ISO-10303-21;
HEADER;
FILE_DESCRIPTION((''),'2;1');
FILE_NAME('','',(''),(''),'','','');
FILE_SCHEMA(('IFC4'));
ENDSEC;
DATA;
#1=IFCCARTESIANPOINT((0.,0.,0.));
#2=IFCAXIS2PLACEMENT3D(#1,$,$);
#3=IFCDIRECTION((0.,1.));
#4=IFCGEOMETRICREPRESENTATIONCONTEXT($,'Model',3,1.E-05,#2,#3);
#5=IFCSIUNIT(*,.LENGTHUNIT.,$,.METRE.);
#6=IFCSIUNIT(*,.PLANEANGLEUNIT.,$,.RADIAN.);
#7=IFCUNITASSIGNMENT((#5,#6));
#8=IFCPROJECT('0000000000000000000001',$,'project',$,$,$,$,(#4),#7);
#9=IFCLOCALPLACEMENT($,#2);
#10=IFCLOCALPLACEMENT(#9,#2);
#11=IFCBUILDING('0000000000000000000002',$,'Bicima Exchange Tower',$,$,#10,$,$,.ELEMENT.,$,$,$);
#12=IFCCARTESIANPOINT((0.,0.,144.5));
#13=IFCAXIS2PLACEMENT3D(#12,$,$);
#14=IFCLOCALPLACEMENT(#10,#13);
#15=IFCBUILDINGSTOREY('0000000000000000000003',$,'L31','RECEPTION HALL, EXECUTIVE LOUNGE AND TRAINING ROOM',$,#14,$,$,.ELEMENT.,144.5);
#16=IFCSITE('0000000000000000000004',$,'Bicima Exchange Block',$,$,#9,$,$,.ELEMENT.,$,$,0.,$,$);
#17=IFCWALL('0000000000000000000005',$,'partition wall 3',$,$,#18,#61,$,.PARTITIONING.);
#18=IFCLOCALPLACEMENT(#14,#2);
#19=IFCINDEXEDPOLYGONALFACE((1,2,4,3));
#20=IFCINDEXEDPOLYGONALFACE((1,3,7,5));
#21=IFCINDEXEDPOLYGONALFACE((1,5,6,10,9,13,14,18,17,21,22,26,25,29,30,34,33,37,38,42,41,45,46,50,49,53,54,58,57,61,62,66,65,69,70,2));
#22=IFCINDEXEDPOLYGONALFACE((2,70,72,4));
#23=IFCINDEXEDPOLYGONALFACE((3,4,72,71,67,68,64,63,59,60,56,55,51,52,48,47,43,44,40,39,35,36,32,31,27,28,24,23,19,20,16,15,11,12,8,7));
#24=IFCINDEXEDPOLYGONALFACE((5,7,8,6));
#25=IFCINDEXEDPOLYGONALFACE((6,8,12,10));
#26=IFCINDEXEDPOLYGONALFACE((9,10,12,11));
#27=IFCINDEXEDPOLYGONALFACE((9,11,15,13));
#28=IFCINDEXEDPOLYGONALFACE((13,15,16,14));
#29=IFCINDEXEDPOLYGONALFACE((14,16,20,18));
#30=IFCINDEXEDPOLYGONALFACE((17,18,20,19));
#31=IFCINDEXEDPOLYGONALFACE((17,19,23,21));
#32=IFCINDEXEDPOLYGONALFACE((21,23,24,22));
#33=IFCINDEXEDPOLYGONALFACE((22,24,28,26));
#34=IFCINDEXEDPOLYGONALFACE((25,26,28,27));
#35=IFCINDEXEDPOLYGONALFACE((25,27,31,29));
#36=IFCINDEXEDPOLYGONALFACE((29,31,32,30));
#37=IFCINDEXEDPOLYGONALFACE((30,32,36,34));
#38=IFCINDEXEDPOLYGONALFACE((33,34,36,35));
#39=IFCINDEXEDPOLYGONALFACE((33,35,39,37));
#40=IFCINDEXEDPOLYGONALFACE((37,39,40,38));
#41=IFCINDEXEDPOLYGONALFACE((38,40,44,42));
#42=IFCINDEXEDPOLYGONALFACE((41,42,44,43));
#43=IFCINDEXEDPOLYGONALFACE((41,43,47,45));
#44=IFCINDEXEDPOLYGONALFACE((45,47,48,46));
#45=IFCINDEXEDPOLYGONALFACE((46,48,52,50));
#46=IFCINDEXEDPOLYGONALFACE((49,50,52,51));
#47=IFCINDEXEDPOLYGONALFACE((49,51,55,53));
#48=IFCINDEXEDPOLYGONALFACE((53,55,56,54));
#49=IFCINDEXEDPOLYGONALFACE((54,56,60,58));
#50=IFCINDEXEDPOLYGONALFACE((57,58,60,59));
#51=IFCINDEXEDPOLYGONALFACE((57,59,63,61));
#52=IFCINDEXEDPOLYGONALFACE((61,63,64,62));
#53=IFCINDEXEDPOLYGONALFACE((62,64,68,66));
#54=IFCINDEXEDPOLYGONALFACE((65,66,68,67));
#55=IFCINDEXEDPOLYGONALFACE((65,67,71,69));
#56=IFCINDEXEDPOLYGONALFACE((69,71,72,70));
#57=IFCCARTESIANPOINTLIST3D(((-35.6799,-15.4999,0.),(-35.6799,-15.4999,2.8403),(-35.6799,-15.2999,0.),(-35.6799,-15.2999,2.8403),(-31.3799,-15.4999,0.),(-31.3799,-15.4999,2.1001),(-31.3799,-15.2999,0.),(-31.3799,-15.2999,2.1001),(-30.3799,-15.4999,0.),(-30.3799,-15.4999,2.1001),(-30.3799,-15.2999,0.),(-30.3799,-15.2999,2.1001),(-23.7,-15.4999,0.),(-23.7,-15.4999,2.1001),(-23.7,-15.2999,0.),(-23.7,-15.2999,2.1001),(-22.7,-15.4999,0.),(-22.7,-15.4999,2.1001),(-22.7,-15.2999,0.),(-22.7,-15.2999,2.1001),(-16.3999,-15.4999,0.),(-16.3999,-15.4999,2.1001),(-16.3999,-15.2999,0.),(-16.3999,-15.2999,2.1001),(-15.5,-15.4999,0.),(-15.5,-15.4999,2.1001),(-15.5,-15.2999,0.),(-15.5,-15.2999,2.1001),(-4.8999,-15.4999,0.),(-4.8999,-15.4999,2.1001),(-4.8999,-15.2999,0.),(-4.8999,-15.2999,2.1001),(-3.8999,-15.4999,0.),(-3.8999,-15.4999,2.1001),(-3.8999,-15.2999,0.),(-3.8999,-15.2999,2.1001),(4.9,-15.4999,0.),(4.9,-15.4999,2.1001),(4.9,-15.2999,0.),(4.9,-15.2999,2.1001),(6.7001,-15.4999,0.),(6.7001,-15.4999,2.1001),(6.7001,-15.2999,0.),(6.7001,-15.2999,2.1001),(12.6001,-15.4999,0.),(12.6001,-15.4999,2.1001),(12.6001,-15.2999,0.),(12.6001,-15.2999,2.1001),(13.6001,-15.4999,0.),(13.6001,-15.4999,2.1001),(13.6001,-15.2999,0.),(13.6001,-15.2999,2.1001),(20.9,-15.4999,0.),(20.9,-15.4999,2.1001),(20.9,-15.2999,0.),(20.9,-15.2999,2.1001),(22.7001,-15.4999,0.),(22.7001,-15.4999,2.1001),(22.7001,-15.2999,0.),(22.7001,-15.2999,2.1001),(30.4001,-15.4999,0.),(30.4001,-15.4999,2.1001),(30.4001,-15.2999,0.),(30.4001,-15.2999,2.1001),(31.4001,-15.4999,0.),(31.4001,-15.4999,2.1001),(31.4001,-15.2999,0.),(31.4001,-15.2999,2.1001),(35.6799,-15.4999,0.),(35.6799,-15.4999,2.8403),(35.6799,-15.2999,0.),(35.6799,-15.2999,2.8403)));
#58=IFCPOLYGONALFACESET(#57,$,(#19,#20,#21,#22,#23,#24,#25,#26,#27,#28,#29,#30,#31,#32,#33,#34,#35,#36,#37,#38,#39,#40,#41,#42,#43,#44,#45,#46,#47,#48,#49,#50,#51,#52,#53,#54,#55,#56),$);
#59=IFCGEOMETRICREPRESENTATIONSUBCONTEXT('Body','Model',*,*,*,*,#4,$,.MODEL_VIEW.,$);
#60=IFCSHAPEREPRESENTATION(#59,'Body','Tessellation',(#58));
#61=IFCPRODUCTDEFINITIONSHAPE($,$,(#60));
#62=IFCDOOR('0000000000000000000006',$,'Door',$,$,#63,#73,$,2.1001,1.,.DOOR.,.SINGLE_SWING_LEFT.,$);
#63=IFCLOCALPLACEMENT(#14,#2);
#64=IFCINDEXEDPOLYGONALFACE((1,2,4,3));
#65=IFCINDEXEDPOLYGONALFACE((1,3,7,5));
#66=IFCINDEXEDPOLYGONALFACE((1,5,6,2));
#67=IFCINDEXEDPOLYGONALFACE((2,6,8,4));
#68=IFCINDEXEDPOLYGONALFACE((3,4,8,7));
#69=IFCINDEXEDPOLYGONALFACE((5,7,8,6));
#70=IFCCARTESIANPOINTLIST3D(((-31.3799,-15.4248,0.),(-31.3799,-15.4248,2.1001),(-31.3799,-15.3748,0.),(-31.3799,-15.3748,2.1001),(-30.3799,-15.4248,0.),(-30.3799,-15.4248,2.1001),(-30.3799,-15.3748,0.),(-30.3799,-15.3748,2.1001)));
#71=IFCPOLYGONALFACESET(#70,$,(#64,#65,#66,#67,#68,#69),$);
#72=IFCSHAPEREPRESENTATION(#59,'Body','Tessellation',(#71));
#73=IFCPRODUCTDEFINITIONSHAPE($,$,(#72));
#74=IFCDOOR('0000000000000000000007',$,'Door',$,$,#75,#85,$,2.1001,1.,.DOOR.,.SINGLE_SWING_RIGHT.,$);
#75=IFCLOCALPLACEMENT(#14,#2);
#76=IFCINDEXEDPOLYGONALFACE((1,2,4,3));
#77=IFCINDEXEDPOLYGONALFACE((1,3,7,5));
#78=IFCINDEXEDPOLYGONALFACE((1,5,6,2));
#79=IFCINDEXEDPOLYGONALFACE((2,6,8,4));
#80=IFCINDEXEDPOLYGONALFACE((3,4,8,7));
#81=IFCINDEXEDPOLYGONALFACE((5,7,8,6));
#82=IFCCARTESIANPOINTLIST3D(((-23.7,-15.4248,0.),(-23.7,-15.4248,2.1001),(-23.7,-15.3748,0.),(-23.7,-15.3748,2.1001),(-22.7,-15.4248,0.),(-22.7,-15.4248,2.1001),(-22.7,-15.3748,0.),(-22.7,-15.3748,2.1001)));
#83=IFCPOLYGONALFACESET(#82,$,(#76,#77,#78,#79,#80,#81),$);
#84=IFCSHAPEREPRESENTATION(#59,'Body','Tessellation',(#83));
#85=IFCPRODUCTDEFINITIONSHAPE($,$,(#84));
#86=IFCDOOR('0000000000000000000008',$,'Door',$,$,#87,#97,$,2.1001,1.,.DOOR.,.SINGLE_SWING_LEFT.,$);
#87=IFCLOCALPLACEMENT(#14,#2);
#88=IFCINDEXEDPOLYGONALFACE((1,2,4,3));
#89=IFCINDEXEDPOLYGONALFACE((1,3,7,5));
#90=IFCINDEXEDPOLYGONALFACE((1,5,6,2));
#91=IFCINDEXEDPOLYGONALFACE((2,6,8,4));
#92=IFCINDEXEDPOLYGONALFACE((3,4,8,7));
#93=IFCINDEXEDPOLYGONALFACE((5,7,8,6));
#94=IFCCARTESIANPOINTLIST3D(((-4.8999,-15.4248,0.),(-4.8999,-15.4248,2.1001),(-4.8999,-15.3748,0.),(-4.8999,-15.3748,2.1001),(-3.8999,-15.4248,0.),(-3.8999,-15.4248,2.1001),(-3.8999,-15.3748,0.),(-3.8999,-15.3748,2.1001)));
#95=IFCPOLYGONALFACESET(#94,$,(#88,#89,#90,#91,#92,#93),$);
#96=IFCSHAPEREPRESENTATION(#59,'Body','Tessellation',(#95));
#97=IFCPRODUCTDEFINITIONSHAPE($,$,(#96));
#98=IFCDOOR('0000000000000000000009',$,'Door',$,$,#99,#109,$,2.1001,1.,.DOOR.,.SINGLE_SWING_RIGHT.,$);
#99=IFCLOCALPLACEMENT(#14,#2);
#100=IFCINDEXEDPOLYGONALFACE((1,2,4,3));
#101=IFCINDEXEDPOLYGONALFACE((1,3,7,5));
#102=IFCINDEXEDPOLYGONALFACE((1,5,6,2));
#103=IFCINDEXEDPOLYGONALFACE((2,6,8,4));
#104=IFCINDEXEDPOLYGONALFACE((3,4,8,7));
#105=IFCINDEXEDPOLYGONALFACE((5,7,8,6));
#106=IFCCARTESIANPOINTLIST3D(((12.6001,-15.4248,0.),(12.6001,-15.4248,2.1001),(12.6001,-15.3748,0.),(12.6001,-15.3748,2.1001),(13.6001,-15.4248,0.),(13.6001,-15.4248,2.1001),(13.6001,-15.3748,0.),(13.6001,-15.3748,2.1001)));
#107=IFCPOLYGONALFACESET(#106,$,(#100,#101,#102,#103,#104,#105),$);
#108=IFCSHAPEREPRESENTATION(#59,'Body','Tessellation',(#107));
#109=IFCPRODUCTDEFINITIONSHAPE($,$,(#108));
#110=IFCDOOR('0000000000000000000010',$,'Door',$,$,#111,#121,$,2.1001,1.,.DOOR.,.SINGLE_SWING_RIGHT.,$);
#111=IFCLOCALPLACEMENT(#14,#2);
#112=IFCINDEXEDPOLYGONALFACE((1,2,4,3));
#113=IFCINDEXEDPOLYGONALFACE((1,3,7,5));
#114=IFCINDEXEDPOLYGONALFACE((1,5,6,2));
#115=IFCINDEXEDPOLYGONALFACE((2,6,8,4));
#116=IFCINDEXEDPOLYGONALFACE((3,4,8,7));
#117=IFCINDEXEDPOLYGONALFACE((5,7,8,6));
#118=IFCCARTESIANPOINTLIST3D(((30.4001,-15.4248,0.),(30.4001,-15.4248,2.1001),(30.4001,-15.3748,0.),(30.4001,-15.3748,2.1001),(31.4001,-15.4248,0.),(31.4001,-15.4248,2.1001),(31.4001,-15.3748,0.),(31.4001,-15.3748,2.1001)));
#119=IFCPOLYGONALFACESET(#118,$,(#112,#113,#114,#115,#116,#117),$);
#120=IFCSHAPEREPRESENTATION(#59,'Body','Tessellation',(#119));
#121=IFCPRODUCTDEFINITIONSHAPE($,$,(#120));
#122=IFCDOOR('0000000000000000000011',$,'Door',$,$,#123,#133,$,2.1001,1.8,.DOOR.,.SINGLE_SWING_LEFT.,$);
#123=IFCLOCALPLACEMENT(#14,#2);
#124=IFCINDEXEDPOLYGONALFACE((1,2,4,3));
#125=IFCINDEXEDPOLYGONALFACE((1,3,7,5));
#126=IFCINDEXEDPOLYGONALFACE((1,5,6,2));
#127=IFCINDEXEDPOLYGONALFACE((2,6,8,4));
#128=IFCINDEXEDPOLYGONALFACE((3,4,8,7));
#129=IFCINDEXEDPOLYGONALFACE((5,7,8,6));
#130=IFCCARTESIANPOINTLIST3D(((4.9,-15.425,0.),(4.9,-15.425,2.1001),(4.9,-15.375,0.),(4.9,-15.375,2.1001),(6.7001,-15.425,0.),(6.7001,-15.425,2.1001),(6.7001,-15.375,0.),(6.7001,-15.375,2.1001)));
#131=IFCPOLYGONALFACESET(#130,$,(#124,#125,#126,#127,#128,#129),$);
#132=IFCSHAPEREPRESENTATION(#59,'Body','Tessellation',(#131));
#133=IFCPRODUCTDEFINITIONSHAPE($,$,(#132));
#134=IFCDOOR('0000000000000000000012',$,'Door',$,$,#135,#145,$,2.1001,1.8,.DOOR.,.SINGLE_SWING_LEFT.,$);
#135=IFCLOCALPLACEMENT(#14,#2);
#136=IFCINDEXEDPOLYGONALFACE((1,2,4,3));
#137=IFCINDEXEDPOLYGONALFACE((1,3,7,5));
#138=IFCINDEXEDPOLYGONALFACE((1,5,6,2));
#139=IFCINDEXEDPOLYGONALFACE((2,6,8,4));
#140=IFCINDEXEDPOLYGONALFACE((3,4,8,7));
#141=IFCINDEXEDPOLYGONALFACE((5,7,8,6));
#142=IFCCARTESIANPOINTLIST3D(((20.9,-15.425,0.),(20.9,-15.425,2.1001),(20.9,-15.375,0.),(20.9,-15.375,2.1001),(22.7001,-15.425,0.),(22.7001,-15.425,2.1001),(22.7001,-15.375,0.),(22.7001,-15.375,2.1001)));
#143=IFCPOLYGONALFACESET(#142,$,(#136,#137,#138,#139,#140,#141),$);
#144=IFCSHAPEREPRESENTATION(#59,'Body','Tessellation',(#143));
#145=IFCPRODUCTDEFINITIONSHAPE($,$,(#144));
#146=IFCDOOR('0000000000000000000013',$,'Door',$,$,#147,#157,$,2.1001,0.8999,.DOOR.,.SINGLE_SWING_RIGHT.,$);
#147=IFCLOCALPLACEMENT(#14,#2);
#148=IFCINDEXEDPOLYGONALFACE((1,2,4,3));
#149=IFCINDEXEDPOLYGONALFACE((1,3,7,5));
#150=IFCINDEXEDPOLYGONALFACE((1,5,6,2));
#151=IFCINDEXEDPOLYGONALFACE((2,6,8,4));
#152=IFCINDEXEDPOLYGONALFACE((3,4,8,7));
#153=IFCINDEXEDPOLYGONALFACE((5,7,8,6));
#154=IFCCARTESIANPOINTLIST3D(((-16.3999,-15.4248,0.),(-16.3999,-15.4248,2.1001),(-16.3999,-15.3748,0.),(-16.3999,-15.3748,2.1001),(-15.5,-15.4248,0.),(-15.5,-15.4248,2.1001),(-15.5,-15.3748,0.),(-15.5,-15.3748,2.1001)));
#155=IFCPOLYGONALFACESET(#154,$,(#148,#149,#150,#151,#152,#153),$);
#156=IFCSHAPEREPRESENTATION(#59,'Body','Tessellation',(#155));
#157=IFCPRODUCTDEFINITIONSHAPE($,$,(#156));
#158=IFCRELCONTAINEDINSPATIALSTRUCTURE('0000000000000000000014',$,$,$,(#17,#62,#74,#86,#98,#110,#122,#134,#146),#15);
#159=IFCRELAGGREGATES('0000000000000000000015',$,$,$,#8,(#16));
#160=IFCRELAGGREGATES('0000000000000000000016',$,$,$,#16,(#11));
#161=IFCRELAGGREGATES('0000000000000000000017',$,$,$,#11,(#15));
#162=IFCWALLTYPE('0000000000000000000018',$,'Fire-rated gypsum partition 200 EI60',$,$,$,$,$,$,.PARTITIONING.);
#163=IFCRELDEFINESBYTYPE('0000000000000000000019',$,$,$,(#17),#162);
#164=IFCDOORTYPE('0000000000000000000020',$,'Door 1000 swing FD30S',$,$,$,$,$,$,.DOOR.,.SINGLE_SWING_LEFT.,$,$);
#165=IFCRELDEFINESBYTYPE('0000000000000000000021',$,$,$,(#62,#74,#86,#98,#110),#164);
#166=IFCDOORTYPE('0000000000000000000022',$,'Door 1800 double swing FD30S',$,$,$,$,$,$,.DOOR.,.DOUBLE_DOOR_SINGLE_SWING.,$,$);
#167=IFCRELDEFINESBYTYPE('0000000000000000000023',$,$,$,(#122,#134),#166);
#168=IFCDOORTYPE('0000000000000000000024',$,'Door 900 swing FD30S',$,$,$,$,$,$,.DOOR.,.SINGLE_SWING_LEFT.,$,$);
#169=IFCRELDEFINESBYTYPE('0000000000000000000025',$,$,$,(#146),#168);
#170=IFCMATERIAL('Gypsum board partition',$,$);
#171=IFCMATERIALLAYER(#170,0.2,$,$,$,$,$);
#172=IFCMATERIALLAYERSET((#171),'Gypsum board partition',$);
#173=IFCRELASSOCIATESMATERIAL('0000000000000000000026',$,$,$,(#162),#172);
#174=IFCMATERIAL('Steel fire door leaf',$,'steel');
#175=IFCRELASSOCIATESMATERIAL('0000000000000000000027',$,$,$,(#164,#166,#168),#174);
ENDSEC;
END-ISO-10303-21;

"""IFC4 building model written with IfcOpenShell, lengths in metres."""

from ifc_helpers import new_model, si_unit, direction, frame, frame_2d, origin, place, context, subcontext, project, spatial, rectangle, extrude, material, layer, layer_set, type_object, element, fill, save


model = new_model("IFC4")

# Units and contexts
model_context = context("Model", 3, precision=1e-05, world=origin(), true_north=direction((0.0, 1.0)))
body_context = subcontext(model_context, "Body", "Model", "MODEL_VIEW")
ifc_project = project(units=[si_unit("LENGTHUNIT", "METRE"), si_unit("PLANEANGLEUNIT", "RADIAN")], contexts=[model_context])

# Site, building, storey
site_placement = place(None, origin())
site = spatial("IfcSite", under=ifc_project, at=site_placement, Name="Bicima Exchange Block", CompositionType="ELEMENT", RefElevation=0.0)
building_placement = place(site_placement, origin())
building = spatial("IfcBuilding", under=site, at=building_placement, Name="Bicima Exchange Tower", CompositionType="ELEMENT")
storey_placement = place(building_placement, frame((0.0, 0.0, 144.5)))
storey = spatial("IfcBuildingStorey", under=building, at=storey_placement, Name="L31", Description="RECEPTION HALL, EXECUTIVE LOUNGE AND TRAINING ROOM", CompositionType="ELEMENT", Elevation=144.5)

# Wall, openings, doors
ifc_material_1 = material(Name="Gypsum board partition")
ifc_layer_1 = layer(ifc_material_1, 0.2)
ifc_layer_set_1 = layer_set([ifc_layer_1], Name="Gypsum board partition")
wall_type = type_object("IfcWallType", Name="Fire-rated gypsum partition 200 EI60", PredefinedType="PARTITIONING", material=ifc_layer_set_1)
wall_1_placement = place(storey_placement, frame((-35.6799, -15.3999, 0.0), z_axis=(0.0, 0.0, 1.0), x_axis=(1.0, 0.0, 0.0)))
wall_1 = element("IfcWall", 1, at=wall_1_placement, inside=storey, type_object=wall_type, Name="partition wall 3", PredefinedType="PARTITIONING", context=body_context, shape_type="SweptSolid", body=[
    extrude(rectangle(XDim=71.3599, YDim=0.2, at=frame_2d((35.6799, 0.0))), origin(), (0.0, 0.0, 1.0), 2.8403),
])
opening_1_placement = place(wall_1_placement, frame((4.3, 0.0, 0.0)))
opening_1 = element("IfcOpeningElement", 2, at=opening_1_placement, cuts=wall_1, PredefinedType="OPENING", context=body_context, shape_type="SweptSolid", body=[
    extrude(rectangle(XDim=1.0, YDim=2.1001, at=frame_2d((0.5, 1.05))), frame((0.0, 0.1118, 0.0), z_axis=(0.0, -1.0, 0.0), x_axis=(1.0, 0.0, 0.0)), (0.0, 0.0, 1.0), 0.2239),
])
opening_2_placement = place(wall_1_placement, frame((11.98, 0.0, 0.0)))
opening_2 = element("IfcOpeningElement", 3, at=opening_2_placement, cuts=wall_1, PredefinedType="OPENING", context=body_context, shape_type="SweptSolid", body=[
    extrude(rectangle(XDim=1.0, YDim=2.1001, at=frame_2d((0.5, 1.05))), frame((0.0, 0.1118, 0.0), z_axis=(0.0, -1.0, 0.0), x_axis=(1.0, 0.0, 0.0)), (0.0, 0.0, 1.0), 0.2239),
])
opening_3_placement = place(wall_1_placement, frame((19.28, 0.0, 0.0)))
opening_3 = element("IfcOpeningElement", 4, at=opening_3_placement, cuts=wall_1, PredefinedType="OPENING", context=body_context, shape_type="SweptSolid", body=[
    extrude(rectangle(XDim=0.8999, YDim=2.1001, at=frame_2d((0.45, 1.05))), frame((0.0, 0.1118, 0.0), z_axis=(0.0, -1.0, 0.0), x_axis=(1.0, 0.0, 0.0)), (0.0, 0.0, 1.0), 0.2239),
])
opening_4_placement = place(wall_1_placement, frame((30.78, 0.0, 0.0)))
opening_4 = element("IfcOpeningElement", 5, at=opening_4_placement, cuts=wall_1, PredefinedType="OPENING", context=body_context, shape_type="SweptSolid", body=[
    extrude(rectangle(XDim=1.0, YDim=2.1001, at=frame_2d((0.5, 1.05))), frame((0.0, 0.1118, 0.0), z_axis=(0.0, -1.0, 0.0), x_axis=(1.0, 0.0, 0.0)), (0.0, 0.0, 1.0), 0.2239),
])
opening_5_placement = place(wall_1_placement, frame((40.5801, 0.0, 0.0)))
opening_5 = element("IfcOpeningElement", 6, at=opening_5_placement, cuts=wall_1, PredefinedType="OPENING", context=body_context, shape_type="SweptSolid", body=[
    extrude(rectangle(XDim=1.8, YDim=2.1001, at=frame_2d((0.8999, 1.05))), frame((0.0, 0.1118, 0.0), z_axis=(0.0, -1.0, 0.0), x_axis=(1.0, 0.0, 0.0)), (0.0, 0.0, 1.0), 0.2239),
])
opening_6_placement = place(wall_1_placement, frame((48.28, 0.0, 0.0)))
opening_6 = element("IfcOpeningElement", 7, at=opening_6_placement, cuts=wall_1, PredefinedType="OPENING", context=body_context, shape_type="SweptSolid", body=[
    extrude(rectangle(XDim=1.0, YDim=2.1001, at=frame_2d((0.5, 1.05))), frame((0.0, 0.1118, 0.0), z_axis=(0.0, -1.0, 0.0), x_axis=(1.0, 0.0, 0.0)), (0.0, 0.0, 1.0), 0.2239),
])
opening_7_placement = place(wall_1_placement, frame((56.5801, 0.0, 0.0)))
opening_7 = element("IfcOpeningElement", 8, at=opening_7_placement, cuts=wall_1, PredefinedType="OPENING", context=body_context, shape_type="SweptSolid", body=[
    extrude(rectangle(XDim=1.8, YDim=2.1001, at=frame_2d((0.8999, 1.05))), frame((0.0, 0.1118, 0.0), z_axis=(0.0, -1.0, 0.0), x_axis=(1.0, 0.0, 0.0)), (0.0, 0.0, 1.0), 0.2239),
])
opening_8_placement = place(wall_1_placement, frame((66.0801, 0.0, 0.0)))
opening_8 = element("IfcOpeningElement", 9, at=opening_8_placement, cuts=wall_1, PredefinedType="OPENING", context=body_context, shape_type="SweptSolid", body=[
    extrude(rectangle(XDim=1.0, YDim=2.1001, at=frame_2d((0.5, 1.05))), frame((0.0, 0.1118, 0.0), z_axis=(0.0, -1.0, 0.0), x_axis=(1.0, 0.0, 0.0)), (0.0, 0.0, 1.0), 0.2239),
])
ifc_material_2 = material(Name="Steel fire door leaf", Category="steel")
door_type_1 = type_object("IfcDoorType", Name="Door 1000 swing FD30S", OperationType="SINGLE_SWING_LEFT", PredefinedType="DOOR", material=ifc_material_2)
door_1_placement = place(opening_1_placement, frame((1.0, 0.0, 0.0), z_axis=(0.0, 0.0, 1.0), x_axis=(-1.0, 0.0, 0.0)))
door_1 = element("IfcDoor", 10, at=door_1_placement, inside=storey, type_object=door_type_1, Name="Door", OperationType="SINGLE_SWING_LEFT", OverallHeight=2.1001, OverallWidth=1.0, PredefinedType="DOOR", context=body_context, shape_type="SweptSolid", body=[
    extrude(rectangle(XDim=1.0, YDim=2.1001, at=frame_2d((0.5, 1.05))), frame((0.0, 0.0249, 0.0), z_axis=(0.0, -1.0, 0.0), x_axis=(1.0, 0.0, 0.0)), (0.0, 0.0, 1.0), 0.05),
])
fill(opening_1, door_1)
door_2_placement = place(opening_2_placement, frame((1.0, 0.0, 0.0), z_axis=(0.0, 0.0, 1.0), x_axis=(-1.0, 0.0, 0.0)))
door_2 = element("IfcDoor", 11, at=door_2_placement, inside=storey, type_object=door_type_1, Name="Door", OperationType="SINGLE_SWING_RIGHT", OverallHeight=2.1001, OverallWidth=1.0, PredefinedType="DOOR", context=body_context, shape_type="SweptSolid", body=[
    extrude(rectangle(XDim=1.0, YDim=2.1001, at=frame_2d((0.5, 1.05))), frame((0.0, 0.0249, 0.0), z_axis=(0.0, -1.0, 0.0), x_axis=(1.0, 0.0, 0.0)), (0.0, 0.0, 1.0), 0.05),
])
fill(opening_2, door_2)
door_3_placement = place(opening_4_placement, frame((1.0, 0.0, 0.0), z_axis=(0.0, 0.0, 1.0), x_axis=(-1.0, 0.0, 0.0)))
door_3 = element("IfcDoor", 12, at=door_3_placement, inside=storey, type_object=door_type_1, Name="Door", OperationType="SINGLE_SWING_LEFT", OverallHeight=2.1001, OverallWidth=1.0, PredefinedType="DOOR", context=body_context, shape_type="SweptSolid", body=[
    extrude(rectangle(XDim=1.0, YDim=2.1001, at=frame_2d((0.5, 1.05))), frame((0.0, 0.0249, 0.0), z_axis=(0.0, -1.0, 0.0), x_axis=(1.0, 0.0, 0.0)), (0.0, 0.0, 1.0), 0.05),
])
fill(opening_4, door_3)
door_4_placement = place(opening_6_placement, frame((1.0, 0.0, 0.0), z_axis=(0.0, 0.0, 1.0), x_axis=(-1.0, 0.0, 0.0)))
door_4 = element("IfcDoor", 13, at=door_4_placement, inside=storey, type_object=door_type_1, Name="Door", OperationType="SINGLE_SWING_RIGHT", OverallHeight=2.1001, OverallWidth=1.0, PredefinedType="DOOR", context=body_context, shape_type="SweptSolid", body=[
    extrude(rectangle(XDim=1.0, YDim=2.1001, at=frame_2d((0.5, 1.05))), frame((0.0, 0.0249, 0.0), z_axis=(0.0, -1.0, 0.0), x_axis=(1.0, 0.0, 0.0)), (0.0, 0.0, 1.0), 0.05),
])
fill(opening_6, door_4)
door_5_placement = place(opening_8_placement, frame((1.0, 0.0, 0.0), z_axis=(0.0, 0.0, 1.0), x_axis=(-1.0, 0.0, 0.0)))
door_5 = element("IfcDoor", 14, at=door_5_placement, inside=storey, type_object=door_type_1, Name="Door", OperationType="SINGLE_SWING_RIGHT", OverallHeight=2.1001, OverallWidth=1.0, PredefinedType="DOOR", context=body_context, shape_type="SweptSolid", body=[
    extrude(rectangle(XDim=1.0, YDim=2.1001, at=frame_2d((0.5, 1.05))), frame((0.0, 0.0249, 0.0), z_axis=(0.0, -1.0, 0.0), x_axis=(1.0, 0.0, 0.0)), (0.0, 0.0, 1.0), 0.05),
])
fill(opening_8, door_5)
door_type_2 = type_object("IfcDoorType", Name="Door 1800 double swing FD30S", OperationType="DOUBLE_DOOR_SINGLE_SWING", PredefinedType="DOOR", material=ifc_material_2)
door_6_placement = place(opening_5_placement, origin())
door_6 = element("IfcDoor", 15, at=door_6_placement, inside=storey, type_object=door_type_2, Name="Door", OperationType="SINGLE_SWING_LEFT", OverallHeight=2.1001, OverallWidth=1.8, PredefinedType="DOOR", context=body_context, shape_type="SweptSolid", body=[
    extrude(rectangle(XDim=1.8, YDim=2.1001, at=frame_2d((0.8999, 1.05))), frame((0.0, 0.0249, 0.0), z_axis=(0.0, -1.0, 0.0), x_axis=(1.0, 0.0, 0.0)), (0.0, 0.0, 1.0), 0.05),
])
fill(opening_5, door_6)
door_7_placement = place(opening_7_placement, origin())
door_7 = element("IfcDoor", 16, at=door_7_placement, inside=storey, type_object=door_type_2, Name="Door", OperationType="SINGLE_SWING_LEFT", OverallHeight=2.1001, OverallWidth=1.8, PredefinedType="DOOR", context=body_context, shape_type="SweptSolid", body=[
    extrude(rectangle(XDim=1.8, YDim=2.1001, at=frame_2d((0.8999, 1.05))), frame((0.0, 0.0249, 0.0), z_axis=(0.0, -1.0, 0.0), x_axis=(1.0, 0.0, 0.0)), (0.0, 0.0, 1.0), 0.05),
])
fill(opening_7, door_7)
door_type_3 = type_object("IfcDoorType", Name="Door 900 swing FD30S", OperationType="SINGLE_SWING_LEFT", PredefinedType="DOOR", material=ifc_material_2)
door_8_placement = place(opening_3_placement, frame((0.8999, 0.0, 0.0), z_axis=(0.0, 0.0, 1.0), x_axis=(-1.0, 0.0, 0.0)))
door_8 = element("IfcDoor", 17, at=door_8_placement, inside=storey, type_object=door_type_3, Name="Door", OperationType="SINGLE_SWING_RIGHT", OverallHeight=2.1001, OverallWidth=0.8999, PredefinedType="DOOR", context=body_context, shape_type="SweptSolid", body=[
    extrude(rectangle(XDim=0.8999, YDim=2.1001, at=frame_2d((0.45, 1.05))), frame((0.0, 0.0249, 0.0), z_axis=(0.0, -1.0, 0.0), x_axis=(1.0, 0.0, 0.0)), (0.0, 0.0, 1.0), 0.05),
])
fill(opening_3, door_8)

save(model, "model.ifc")
